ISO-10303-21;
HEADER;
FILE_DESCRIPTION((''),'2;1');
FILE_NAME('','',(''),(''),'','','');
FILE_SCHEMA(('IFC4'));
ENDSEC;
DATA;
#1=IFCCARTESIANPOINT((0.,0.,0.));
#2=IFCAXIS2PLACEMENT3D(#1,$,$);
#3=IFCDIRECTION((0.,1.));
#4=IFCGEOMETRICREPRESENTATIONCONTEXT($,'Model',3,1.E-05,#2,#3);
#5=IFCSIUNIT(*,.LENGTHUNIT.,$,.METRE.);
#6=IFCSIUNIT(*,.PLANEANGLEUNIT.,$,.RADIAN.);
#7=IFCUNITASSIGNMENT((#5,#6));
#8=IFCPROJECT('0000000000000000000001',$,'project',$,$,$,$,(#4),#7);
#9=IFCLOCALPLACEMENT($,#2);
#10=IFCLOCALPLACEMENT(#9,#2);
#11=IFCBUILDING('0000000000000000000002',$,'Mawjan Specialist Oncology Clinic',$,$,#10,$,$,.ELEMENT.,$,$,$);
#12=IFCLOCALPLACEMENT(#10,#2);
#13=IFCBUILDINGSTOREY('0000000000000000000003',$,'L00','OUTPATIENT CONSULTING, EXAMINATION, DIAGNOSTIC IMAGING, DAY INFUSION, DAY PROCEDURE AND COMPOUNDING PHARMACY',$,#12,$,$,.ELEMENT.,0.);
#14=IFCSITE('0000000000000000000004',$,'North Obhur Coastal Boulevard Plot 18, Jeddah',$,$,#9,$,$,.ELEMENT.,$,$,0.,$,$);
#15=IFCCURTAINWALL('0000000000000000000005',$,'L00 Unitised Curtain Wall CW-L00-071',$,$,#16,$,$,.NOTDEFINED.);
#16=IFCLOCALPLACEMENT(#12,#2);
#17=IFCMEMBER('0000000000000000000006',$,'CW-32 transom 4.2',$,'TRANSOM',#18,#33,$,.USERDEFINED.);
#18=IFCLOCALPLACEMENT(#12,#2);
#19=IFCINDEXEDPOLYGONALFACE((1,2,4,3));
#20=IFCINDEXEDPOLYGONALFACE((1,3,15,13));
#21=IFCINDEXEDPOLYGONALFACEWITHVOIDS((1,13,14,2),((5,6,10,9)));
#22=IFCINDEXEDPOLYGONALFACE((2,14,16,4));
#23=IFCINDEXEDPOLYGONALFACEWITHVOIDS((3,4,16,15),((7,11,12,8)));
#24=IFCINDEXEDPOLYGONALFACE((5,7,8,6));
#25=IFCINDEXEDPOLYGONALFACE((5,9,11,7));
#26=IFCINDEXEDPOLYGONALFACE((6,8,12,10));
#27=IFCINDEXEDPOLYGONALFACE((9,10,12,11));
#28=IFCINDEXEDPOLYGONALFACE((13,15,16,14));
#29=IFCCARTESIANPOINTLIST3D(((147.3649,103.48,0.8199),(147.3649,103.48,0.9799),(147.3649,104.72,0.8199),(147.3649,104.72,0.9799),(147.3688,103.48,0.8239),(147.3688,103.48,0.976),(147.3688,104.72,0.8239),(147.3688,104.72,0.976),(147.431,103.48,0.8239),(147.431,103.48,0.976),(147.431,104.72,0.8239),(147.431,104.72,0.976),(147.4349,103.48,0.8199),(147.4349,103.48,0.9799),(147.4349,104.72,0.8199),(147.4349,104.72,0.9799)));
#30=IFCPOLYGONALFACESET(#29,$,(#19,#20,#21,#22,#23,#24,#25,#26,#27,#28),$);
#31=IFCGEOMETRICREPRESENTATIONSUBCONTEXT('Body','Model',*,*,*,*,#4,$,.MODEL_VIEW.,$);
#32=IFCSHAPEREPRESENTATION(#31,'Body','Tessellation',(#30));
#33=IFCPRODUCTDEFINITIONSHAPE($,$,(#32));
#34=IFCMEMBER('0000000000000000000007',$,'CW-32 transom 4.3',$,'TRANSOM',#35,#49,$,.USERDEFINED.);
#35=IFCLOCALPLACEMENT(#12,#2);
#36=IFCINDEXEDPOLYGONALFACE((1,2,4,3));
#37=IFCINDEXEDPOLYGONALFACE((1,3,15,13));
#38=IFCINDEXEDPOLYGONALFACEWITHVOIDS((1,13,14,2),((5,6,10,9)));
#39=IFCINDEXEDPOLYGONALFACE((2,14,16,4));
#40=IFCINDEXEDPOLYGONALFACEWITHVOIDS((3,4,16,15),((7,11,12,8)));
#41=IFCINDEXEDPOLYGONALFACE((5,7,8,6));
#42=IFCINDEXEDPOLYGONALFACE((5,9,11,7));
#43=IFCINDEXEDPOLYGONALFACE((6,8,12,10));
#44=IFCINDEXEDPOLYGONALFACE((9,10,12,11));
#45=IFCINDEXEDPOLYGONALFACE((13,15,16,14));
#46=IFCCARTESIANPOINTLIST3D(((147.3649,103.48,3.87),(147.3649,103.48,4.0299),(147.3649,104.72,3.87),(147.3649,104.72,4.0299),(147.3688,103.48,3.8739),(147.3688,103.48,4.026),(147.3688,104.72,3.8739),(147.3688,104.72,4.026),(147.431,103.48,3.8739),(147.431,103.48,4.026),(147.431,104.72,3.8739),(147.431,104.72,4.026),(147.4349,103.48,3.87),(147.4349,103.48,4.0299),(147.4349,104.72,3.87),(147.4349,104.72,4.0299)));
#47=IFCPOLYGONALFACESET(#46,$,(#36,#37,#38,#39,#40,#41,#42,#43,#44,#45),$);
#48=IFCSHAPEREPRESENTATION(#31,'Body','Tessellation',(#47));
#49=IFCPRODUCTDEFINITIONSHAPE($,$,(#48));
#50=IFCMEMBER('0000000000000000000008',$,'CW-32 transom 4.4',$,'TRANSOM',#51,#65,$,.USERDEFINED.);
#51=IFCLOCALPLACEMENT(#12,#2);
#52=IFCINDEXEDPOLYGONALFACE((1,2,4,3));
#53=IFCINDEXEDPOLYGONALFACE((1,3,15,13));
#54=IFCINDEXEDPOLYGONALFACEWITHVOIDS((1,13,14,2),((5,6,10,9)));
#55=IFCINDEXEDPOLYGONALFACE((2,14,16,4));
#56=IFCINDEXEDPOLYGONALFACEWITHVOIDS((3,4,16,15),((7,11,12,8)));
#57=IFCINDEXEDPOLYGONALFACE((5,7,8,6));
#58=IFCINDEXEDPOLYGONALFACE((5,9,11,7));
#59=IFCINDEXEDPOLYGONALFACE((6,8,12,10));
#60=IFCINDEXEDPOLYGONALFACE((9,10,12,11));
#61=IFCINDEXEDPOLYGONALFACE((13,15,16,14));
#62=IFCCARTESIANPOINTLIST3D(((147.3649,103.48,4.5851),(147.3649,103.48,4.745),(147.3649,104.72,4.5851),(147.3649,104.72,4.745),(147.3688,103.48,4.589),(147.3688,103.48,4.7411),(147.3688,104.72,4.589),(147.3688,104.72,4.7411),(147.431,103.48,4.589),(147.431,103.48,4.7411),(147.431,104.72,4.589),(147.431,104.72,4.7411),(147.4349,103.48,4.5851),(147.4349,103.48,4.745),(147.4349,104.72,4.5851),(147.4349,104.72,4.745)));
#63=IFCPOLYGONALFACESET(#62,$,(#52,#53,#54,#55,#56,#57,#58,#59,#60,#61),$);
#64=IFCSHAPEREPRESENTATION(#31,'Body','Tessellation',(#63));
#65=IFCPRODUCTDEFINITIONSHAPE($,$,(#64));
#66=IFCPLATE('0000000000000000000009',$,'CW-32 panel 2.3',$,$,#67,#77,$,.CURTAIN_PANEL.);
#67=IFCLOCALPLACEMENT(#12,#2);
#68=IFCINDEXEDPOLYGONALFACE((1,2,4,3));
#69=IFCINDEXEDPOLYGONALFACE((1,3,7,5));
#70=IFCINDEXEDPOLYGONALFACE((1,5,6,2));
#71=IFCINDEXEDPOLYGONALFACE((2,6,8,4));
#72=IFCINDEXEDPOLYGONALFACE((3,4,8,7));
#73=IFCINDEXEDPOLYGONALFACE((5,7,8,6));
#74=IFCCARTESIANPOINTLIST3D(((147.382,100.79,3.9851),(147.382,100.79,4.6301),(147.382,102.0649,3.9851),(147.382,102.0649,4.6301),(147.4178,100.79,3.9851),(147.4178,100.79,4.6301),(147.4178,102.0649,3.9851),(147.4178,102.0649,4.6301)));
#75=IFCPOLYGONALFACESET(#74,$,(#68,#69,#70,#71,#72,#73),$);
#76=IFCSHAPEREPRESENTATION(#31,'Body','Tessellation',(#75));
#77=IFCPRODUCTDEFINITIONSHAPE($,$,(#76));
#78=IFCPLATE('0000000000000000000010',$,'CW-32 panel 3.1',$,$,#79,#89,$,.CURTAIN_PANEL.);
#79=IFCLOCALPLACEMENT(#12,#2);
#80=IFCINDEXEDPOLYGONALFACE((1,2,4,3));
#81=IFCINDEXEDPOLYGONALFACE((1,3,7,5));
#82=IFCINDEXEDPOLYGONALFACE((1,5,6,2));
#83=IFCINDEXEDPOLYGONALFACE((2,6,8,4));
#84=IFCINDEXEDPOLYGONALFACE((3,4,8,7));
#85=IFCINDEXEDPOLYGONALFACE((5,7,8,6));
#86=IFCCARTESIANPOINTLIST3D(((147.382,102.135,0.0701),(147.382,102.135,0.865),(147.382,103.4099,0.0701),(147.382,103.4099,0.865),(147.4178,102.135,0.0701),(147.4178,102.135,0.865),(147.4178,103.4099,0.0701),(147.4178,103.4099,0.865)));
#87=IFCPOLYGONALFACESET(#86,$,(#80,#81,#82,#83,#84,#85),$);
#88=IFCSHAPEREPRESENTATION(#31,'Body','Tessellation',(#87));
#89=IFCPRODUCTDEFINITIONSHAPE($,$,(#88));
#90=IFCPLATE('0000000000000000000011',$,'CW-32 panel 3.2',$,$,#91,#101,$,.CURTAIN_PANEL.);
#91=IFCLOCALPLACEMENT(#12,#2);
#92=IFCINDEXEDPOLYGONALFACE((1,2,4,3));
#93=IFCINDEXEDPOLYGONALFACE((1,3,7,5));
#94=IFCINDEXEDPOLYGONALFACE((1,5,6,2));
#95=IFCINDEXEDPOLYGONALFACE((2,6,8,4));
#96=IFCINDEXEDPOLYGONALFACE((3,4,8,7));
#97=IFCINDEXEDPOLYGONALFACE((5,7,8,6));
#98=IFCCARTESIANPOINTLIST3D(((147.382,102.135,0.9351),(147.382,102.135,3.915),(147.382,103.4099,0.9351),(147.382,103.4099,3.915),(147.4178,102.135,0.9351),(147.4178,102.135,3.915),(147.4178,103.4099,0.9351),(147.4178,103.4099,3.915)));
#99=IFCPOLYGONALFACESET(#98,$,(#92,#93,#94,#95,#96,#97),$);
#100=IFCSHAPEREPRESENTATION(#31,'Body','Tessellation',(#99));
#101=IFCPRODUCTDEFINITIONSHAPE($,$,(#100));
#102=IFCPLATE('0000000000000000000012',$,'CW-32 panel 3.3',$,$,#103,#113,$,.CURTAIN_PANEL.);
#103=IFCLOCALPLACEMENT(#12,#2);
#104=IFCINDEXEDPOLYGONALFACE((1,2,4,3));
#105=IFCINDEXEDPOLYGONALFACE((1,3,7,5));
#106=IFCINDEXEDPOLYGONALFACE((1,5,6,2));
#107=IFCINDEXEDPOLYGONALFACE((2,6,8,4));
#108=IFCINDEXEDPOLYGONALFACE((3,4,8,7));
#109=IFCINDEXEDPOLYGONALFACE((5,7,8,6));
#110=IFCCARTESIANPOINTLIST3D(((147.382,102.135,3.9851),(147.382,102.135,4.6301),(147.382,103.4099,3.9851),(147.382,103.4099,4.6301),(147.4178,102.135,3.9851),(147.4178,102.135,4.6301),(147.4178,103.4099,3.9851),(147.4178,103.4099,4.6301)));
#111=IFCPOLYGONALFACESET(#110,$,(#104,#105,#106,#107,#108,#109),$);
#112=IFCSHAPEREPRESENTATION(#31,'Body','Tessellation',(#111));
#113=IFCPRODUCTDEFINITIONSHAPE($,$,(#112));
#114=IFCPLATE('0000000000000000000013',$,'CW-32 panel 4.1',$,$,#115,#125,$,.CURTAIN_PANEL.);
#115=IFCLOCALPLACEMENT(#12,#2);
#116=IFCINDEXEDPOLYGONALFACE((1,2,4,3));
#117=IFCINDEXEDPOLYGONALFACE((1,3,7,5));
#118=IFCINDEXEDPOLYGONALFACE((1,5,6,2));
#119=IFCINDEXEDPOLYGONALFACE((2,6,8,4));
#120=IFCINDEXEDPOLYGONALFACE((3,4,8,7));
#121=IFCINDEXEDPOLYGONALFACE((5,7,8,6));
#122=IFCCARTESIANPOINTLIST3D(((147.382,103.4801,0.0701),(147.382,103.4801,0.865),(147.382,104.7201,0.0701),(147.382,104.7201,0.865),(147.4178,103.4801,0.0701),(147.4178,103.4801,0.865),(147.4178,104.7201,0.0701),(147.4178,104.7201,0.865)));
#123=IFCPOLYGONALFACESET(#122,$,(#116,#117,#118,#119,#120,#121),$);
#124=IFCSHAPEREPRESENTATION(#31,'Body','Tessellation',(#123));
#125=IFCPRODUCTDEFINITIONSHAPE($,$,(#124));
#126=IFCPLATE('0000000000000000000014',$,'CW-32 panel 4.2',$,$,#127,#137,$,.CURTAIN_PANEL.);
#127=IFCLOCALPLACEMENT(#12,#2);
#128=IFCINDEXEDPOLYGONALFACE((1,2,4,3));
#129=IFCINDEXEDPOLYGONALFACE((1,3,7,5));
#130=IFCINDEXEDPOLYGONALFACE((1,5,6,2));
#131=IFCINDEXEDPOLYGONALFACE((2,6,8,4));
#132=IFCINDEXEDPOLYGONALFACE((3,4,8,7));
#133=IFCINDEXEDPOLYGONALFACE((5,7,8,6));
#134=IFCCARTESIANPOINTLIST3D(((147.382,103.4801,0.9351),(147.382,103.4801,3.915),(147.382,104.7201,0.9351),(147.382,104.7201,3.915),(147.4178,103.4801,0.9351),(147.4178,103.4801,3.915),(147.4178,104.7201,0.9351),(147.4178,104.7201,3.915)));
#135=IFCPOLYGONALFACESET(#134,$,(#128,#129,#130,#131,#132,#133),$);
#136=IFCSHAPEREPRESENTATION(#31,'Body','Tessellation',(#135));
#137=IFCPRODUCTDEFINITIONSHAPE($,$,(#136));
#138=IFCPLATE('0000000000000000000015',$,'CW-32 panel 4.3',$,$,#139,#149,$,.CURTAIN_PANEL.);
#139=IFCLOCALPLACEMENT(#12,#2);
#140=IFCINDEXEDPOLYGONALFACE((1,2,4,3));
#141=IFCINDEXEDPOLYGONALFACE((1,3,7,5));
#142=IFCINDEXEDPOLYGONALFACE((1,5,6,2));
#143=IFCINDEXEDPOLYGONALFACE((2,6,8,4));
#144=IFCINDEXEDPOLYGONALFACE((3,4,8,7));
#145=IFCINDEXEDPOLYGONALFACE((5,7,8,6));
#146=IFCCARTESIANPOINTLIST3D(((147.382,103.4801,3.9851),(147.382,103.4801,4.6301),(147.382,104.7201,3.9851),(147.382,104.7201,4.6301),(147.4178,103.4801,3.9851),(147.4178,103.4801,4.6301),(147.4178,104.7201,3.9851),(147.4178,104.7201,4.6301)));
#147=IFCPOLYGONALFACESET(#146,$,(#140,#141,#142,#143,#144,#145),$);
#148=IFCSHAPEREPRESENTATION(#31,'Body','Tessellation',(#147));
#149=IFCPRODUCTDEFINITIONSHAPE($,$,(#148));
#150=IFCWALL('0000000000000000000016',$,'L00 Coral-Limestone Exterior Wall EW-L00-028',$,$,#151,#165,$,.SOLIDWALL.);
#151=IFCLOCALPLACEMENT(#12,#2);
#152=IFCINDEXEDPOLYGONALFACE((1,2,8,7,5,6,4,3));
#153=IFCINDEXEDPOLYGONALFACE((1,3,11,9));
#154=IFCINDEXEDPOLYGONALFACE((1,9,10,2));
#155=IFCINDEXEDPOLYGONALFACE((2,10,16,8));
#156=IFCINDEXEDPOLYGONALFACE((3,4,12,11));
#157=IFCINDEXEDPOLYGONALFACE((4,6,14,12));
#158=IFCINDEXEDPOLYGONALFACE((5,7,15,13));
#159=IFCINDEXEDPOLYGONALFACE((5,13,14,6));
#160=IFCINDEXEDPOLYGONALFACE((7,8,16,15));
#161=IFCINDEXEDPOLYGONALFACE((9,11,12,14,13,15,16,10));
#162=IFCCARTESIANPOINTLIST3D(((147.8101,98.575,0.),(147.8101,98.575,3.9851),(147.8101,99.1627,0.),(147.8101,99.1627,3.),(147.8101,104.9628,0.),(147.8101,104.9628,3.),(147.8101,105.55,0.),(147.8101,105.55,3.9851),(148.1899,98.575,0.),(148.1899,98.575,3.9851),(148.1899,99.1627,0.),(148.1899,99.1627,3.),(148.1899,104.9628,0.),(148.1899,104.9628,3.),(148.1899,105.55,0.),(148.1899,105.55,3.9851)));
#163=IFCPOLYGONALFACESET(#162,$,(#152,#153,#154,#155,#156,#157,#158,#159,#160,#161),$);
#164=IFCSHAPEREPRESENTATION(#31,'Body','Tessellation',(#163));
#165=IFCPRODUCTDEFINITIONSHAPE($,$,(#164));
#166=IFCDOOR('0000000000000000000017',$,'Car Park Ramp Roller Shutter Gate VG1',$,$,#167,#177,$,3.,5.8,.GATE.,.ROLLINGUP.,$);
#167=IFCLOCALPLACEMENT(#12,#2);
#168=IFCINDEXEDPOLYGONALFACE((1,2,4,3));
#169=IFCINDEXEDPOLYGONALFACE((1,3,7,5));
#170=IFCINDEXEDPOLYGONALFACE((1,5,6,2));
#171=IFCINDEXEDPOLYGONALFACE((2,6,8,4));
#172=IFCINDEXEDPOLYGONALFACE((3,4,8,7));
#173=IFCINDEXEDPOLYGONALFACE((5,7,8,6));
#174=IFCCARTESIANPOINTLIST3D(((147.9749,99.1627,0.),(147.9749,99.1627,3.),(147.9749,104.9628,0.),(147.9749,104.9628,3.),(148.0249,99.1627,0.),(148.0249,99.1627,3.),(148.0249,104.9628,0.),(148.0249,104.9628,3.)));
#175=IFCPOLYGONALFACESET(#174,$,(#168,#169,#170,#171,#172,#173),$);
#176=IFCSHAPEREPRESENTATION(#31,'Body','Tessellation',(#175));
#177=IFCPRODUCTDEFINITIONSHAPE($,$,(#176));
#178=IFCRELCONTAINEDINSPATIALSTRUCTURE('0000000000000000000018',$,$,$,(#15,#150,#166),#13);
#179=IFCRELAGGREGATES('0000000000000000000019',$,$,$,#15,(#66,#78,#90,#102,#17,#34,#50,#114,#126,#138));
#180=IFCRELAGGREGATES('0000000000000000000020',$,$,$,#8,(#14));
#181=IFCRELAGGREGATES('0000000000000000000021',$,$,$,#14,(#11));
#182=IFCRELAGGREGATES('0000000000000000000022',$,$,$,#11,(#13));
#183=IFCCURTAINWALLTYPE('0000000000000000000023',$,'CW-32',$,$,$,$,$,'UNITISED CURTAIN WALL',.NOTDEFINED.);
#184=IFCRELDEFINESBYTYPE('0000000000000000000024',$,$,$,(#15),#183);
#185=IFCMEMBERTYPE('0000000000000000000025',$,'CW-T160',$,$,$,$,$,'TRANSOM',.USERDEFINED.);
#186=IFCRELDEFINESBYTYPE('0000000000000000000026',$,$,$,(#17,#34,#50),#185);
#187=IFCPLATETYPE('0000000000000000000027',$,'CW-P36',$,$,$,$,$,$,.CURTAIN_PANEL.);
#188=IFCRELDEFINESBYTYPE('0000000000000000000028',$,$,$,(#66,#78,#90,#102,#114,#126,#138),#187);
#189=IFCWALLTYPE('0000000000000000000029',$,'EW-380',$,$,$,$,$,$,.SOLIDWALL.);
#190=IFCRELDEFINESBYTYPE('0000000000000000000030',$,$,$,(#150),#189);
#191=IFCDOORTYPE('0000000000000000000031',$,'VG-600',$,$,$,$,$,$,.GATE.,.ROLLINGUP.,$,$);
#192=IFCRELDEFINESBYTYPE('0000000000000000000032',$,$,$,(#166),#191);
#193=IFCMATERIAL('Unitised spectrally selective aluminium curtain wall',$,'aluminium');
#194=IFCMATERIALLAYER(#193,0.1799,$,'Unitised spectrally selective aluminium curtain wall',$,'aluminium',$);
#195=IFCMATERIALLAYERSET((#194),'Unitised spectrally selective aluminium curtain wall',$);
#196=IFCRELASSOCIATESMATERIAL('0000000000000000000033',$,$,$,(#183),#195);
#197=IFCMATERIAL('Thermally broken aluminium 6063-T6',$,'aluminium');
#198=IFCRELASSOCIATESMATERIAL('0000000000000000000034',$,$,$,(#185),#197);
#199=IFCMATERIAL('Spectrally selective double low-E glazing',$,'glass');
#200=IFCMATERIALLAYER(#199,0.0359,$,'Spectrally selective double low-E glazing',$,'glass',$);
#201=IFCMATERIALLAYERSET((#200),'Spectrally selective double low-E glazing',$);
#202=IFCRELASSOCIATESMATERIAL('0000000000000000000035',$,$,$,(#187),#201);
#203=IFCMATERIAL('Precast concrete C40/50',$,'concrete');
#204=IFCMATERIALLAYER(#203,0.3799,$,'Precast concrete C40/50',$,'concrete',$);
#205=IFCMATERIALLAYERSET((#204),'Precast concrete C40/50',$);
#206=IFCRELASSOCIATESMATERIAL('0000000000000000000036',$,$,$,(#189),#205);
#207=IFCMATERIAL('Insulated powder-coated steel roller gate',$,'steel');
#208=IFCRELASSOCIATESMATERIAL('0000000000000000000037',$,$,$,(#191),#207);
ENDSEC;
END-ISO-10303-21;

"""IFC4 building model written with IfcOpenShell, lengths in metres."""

from ifc_helpers import new_model, si_unit, direction, frame, frame_2d, origin, origin_2d, place, context, subcontext, project, spatial, rectangle, hollow_rectangle, extrude, material, layer, layer_set, material_profile, profile_set, type_object, element, fill, aggregate, save


model = new_model("IFC4")

# Units and contexts
model_context = context("Model", 3, precision=1e-05, world=origin(), true_north=direction((0.0, 1.0)))
body_context = subcontext(model_context, "Body", "Model", "MODEL_VIEW")
ifc_project = project(units=[si_unit("LENGTHUNIT", "METRE"), si_unit("PLANEANGLEUNIT", "RADIAN")], contexts=[model_context])

# Site, building, storey
site_placement = place(None, origin())
site = spatial("IfcSite", under=ifc_project, at=site_placement, Name="North Obhur Coastal Boulevard Plot 18, Jeddah", CompositionType="ELEMENT", RefElevation=0.0)
building_placement = place(site_placement, origin())
building = spatial("IfcBuilding", under=site, at=building_placement, Name="Mawjan Specialist Oncology Clinic", CompositionType="ELEMENT")
storey_placement = place(building_placement, origin())
storey = spatial("IfcBuildingStorey", under=building, at=storey_placement, Name="L00", Description="OUTPATIENT CONSULTING, EXAMINATION, DIAGNOSTIC IMAGING, DAY INFUSION, DAY PROCEDURE AND COMPOUNDING PHARMACY", CompositionType="ELEMENT", Elevation=0.0)

# Curtain wall, members, plates
ifc_material_1 = material(Name="Unitised spectrally selective aluminium curtain wall", Category="aluminium")
ifc_layer_1 = layer(ifc_material_1, 0.1799, Name="Unitised spectrally selective aluminium curtain wall", Category="aluminium")
ifc_layer_set_1 = layer_set([ifc_layer_1], Name="Unitised spectrally selective aluminium curtain wall")
curtain_wall_type = type_object("IfcCurtainWallType", Name="CW-32", ElementType="UNITISED CURTAIN WALL", PredefinedType="NOTDEFINED", material=ifc_layer_set_1)
curtain_wall_placement = place(storey_placement, origin())
curtain_wall = element("IfcCurtainWall", 1, at=curtain_wall_placement, inside=storey, type_object=curtain_wall_type, Name="L00 Unitised Curtain Wall CW-L00-071", PredefinedType="NOTDEFINED")
ifc_material_2 = material(Name="Thermally broken aluminium 6063-T6", Category="aluminium")
ifc_material_profile_1 = material_profile(ifc_material_2, hollow_rectangle(XDim=0.0701, YDim=0.1599, WallThickness=0.0039, at=origin_2d()), Name="ALU TRANSOM 160x70x4", Category="aluminium")
ifc_profile_set_1 = profile_set([ifc_material_profile_1], Name="Thermally broken aluminium 6063-T6")
member_type_1 = type_object("IfcMemberType", Name="CW-T160", ElementType="TRANSOM", PredefinedType="USERDEFINED", material=ifc_profile_set_1)
member_1_placement = place(storey_placement, frame((147.3999, 103.48, 0.8999), z_axis=(0.0, 1.0, 0.0), x_axis=(-1.0, 0.0, 0.0)))
member_1 = element("IfcMember", 2, at=member_1_placement, type_object=member_type_1, Name="CW-32 transom 4.2", ObjectType="TRANSOM", PredefinedType="USERDEFINED", context=body_context, shape_type="SweptSolid", body=[
    extrude(hollow_rectangle(XDim=0.0701, YDim=0.1599, WallThickness=0.0039, at=origin_2d()), origin(), (0.0, 0.0, 1.0), 1.24),
])
member_2_placement = place(storey_placement, frame((147.3999, 103.48, 3.95), z_axis=(0.0, 1.0, 0.0), x_axis=(-1.0, 0.0, 0.0)))
member_2 = element("IfcMember", 3, at=member_2_placement, type_object=member_type_1, Name="CW-32 transom 4.3", ObjectType="TRANSOM", PredefinedType="USERDEFINED", context=body_context, shape_type="SweptSolid", body=[
    extrude(hollow_rectangle(XDim=0.0701, YDim=0.1599, WallThickness=0.0039, at=origin_2d()), origin(), (0.0, 0.0, 1.0), 1.24),
])
member_3_placement = place(storey_placement, frame((147.3999, 103.48, 4.665), z_axis=(0.0, 1.0, 0.0), x_axis=(-1.0, 0.0, 0.0)))
member_3 = element("IfcMember", 4, at=member_3_placement, type_object=member_type_1, Name="CW-32 transom 4.4", ObjectType="TRANSOM", PredefinedType="USERDEFINED", context=body_context, shape_type="SweptSolid", body=[
    extrude(hollow_rectangle(XDim=0.0701, YDim=0.1599, WallThickness=0.0039, at=origin_2d()), origin(), (0.0, 0.0, 1.0), 1.24),
])
ifc_material_3 = material(Name="Spectrally selective double low-E glazing", Category="glass")
ifc_layer_2 = layer(ifc_material_3, 0.0359, Name="Spectrally selective double low-E glazing", Category="glass")
ifc_layer_set_2 = layer_set([ifc_layer_2], Name="Spectrally selective double low-E glazing")
plate_type = type_object("IfcPlateType", Name="CW-P36", PredefinedType="CURTAIN_PANEL", material=ifc_layer_set_2)
plate_1_placement = place(storey_placement, frame((147.3999, 101.4275, 3.9851), z_axis=(0.0, 0.0, 1.0), x_axis=(0.0, 1.0, 0.0)))
plate_1 = element("IfcPlate", 5, at=plate_1_placement, type_object=plate_type, Name="CW-32 panel 2.3", PredefinedType="CURTAIN_PANEL", context=body_context, shape_type="SweptSolid", body=[
    extrude(rectangle(XDim=1.2749, YDim=0.0359, at=origin_2d()), origin(), (0.0, 0.0, 1.0), 0.645),
])
plate_2_placement = place(storey_placement, frame((147.3999, 102.7725, 0.0701), z_axis=(0.0, 0.0, 1.0), x_axis=(0.0, 1.0, 0.0)))
plate_2 = element("IfcPlate", 6, at=plate_2_placement, type_object=plate_type, Name="CW-32 panel 3.1", PredefinedType="CURTAIN_PANEL", context=body_context, shape_type="SweptSolid", body=[
    extrude(rectangle(XDim=1.2749, YDim=0.0359, at=origin_2d()), origin(), (0.0, 0.0, 1.0), 0.7949),
])
plate_3_placement = place(storey_placement, frame((147.3999, 102.7725, 0.9351), z_axis=(0.0, 0.0, 1.0), x_axis=(0.0, 1.0, 0.0)))
plate_3 = element("IfcPlate", 7, at=plate_3_placement, type_object=plate_type, Name="CW-32 panel 3.2", PredefinedType="CURTAIN_PANEL", context=body_context, shape_type="SweptSolid", body=[
    extrude(rectangle(XDim=1.2749, YDim=0.0359, at=origin_2d()), origin(), (0.0, 0.0, 1.0), 2.98),
])
plate_4_placement = place(storey_placement, frame((147.3999, 102.7725, 3.9851), z_axis=(0.0, 0.0, 1.0), x_axis=(0.0, 1.0, 0.0)))
plate_4 = element("IfcPlate", 8, at=plate_4_placement, type_object=plate_type, Name="CW-32 panel 3.3", PredefinedType="CURTAIN_PANEL", context=body_context, shape_type="SweptSolid", body=[
    extrude(rectangle(XDim=1.2749, YDim=0.0359, at=origin_2d()), origin(), (0.0, 0.0, 1.0), 0.645),
])
plate_5_placement = place(storey_placement, frame((147.3999, 104.1001, 0.0701), z_axis=(0.0, 0.0, 1.0), x_axis=(0.0, 1.0, 0.0)))
plate_5 = element("IfcPlate", 9, at=plate_5_placement, type_object=plate_type, Name="CW-32 panel 4.1", PredefinedType="CURTAIN_PANEL", context=body_context, shape_type="SweptSolid", body=[
    extrude(rectangle(XDim=1.24, YDim=0.0359, at=origin_2d()), origin(), (0.0, 0.0, 1.0), 0.7949),
])
plate_6_placement = place(storey_placement, frame((147.3999, 104.1001, 0.9351), z_axis=(0.0, 0.0, 1.0), x_axis=(0.0, 1.0, 0.0)))
plate_6 = element("IfcPlate", 10, at=plate_6_placement, type_object=plate_type, Name="CW-32 panel 4.2", PredefinedType="CURTAIN_PANEL", context=body_context, shape_type="SweptSolid", body=[
    extrude(rectangle(XDim=1.24, YDim=0.0359, at=origin_2d()), origin(), (0.0, 0.0, 1.0), 2.98),
])
plate_7_placement = place(storey_placement, frame((147.3999, 104.1001, 3.9851), z_axis=(0.0, 0.0, 1.0), x_axis=(0.0, 1.0, 0.0)))
plate_7 = element("IfcPlate", 11, at=plate_7_placement, type_object=plate_type, Name="CW-32 panel 4.3", PredefinedType="CURTAIN_PANEL", context=body_context, shape_type="SweptSolid", body=[
    extrude(rectangle(XDim=1.24, YDim=0.0359, at=origin_2d()), origin(), (0.0, 0.0, 1.0), 0.645),
])
aggregate(curtain_wall, [plate_1, plate_2, plate_3, plate_4, member_1, member_2, member_3, plate_5, plate_6, plate_7])

# Wall, opening, door
ifc_material_4 = material(Name="Precast concrete C40/50", Category="concrete")
ifc_layer_3 = layer(ifc_material_4, 0.3799, Name="Precast concrete C40/50", Category="concrete")
ifc_layer_set_3 = layer_set([ifc_layer_3], Name="Precast concrete C40/50")
wall_type = type_object("IfcWallType", Name="EW-380", PredefinedType="SOLIDWALL", material=ifc_layer_set_3)
wall_placement = place(storey_placement, frame((148.0, 105.55, 0.0), z_axis=(0.0, 0.0, 1.0), x_axis=(0.0, -1.0, 0.0)))
wall = element("IfcWall", 12, at=wall_placement, inside=storey, type_object=wall_type, Name="L00 Coral-Limestone Exterior Wall EW-L00-028", PredefinedType="SOLIDWALL", context=body_context, shape_type="SweptSolid", body=[
    extrude(rectangle(XDim=6.9751, YDim=0.3799, at=frame_2d((3.4875, 0.0))), origin(), (0.0, 0.0, 1.0), 3.9851),
])
opening_placement = place(wall_placement, frame((0.5874, 0.0, 0.0)))
opening = element("IfcOpeningElement", 13, at=opening_placement, cuts=wall, PredefinedType="OPENING", context=body_context, shape_type="SweptSolid", body=[
    extrude(rectangle(XDim=5.8, YDim=3.0, at=frame_2d((2.8999, 1.5))), frame((0.0, 0.2019, 0.0), z_axis=(0.0, -1.0, 0.0), x_axis=(1.0, 0.0, 0.0)), (0.0, 0.0, 1.0), 0.4038),
])
ifc_material_5 = material(Name="Insulated powder-coated steel roller gate", Category="steel")
door_type = type_object("IfcDoorType", Name="VG-600", OperationType="ROLLINGUP", PredefinedType="GATE", material=ifc_material_5)
door_placement = place(opening_placement, origin())
door = element("IfcDoor", 14, at=door_placement, inside=storey, type_object=door_type, Name="Car Park Ramp Roller Shutter Gate VG1", OperationType="ROLLINGUP", OverallHeight=3.0, OverallWidth=5.8, PredefinedType="GATE", context=body_context, shape_type="SweptSolid", body=[
    extrude(rectangle(XDim=5.8, YDim=3.0, at=frame_2d((2.8999, 1.5))), frame((0.0, 0.0249, 0.0), z_axis=(0.0, -1.0, 0.0), x_axis=(1.0, 0.0, 0.0)), (0.0, 0.0, 1.0), 0.05),
])
fill(opening, door)

save(model, "model.ifc")
